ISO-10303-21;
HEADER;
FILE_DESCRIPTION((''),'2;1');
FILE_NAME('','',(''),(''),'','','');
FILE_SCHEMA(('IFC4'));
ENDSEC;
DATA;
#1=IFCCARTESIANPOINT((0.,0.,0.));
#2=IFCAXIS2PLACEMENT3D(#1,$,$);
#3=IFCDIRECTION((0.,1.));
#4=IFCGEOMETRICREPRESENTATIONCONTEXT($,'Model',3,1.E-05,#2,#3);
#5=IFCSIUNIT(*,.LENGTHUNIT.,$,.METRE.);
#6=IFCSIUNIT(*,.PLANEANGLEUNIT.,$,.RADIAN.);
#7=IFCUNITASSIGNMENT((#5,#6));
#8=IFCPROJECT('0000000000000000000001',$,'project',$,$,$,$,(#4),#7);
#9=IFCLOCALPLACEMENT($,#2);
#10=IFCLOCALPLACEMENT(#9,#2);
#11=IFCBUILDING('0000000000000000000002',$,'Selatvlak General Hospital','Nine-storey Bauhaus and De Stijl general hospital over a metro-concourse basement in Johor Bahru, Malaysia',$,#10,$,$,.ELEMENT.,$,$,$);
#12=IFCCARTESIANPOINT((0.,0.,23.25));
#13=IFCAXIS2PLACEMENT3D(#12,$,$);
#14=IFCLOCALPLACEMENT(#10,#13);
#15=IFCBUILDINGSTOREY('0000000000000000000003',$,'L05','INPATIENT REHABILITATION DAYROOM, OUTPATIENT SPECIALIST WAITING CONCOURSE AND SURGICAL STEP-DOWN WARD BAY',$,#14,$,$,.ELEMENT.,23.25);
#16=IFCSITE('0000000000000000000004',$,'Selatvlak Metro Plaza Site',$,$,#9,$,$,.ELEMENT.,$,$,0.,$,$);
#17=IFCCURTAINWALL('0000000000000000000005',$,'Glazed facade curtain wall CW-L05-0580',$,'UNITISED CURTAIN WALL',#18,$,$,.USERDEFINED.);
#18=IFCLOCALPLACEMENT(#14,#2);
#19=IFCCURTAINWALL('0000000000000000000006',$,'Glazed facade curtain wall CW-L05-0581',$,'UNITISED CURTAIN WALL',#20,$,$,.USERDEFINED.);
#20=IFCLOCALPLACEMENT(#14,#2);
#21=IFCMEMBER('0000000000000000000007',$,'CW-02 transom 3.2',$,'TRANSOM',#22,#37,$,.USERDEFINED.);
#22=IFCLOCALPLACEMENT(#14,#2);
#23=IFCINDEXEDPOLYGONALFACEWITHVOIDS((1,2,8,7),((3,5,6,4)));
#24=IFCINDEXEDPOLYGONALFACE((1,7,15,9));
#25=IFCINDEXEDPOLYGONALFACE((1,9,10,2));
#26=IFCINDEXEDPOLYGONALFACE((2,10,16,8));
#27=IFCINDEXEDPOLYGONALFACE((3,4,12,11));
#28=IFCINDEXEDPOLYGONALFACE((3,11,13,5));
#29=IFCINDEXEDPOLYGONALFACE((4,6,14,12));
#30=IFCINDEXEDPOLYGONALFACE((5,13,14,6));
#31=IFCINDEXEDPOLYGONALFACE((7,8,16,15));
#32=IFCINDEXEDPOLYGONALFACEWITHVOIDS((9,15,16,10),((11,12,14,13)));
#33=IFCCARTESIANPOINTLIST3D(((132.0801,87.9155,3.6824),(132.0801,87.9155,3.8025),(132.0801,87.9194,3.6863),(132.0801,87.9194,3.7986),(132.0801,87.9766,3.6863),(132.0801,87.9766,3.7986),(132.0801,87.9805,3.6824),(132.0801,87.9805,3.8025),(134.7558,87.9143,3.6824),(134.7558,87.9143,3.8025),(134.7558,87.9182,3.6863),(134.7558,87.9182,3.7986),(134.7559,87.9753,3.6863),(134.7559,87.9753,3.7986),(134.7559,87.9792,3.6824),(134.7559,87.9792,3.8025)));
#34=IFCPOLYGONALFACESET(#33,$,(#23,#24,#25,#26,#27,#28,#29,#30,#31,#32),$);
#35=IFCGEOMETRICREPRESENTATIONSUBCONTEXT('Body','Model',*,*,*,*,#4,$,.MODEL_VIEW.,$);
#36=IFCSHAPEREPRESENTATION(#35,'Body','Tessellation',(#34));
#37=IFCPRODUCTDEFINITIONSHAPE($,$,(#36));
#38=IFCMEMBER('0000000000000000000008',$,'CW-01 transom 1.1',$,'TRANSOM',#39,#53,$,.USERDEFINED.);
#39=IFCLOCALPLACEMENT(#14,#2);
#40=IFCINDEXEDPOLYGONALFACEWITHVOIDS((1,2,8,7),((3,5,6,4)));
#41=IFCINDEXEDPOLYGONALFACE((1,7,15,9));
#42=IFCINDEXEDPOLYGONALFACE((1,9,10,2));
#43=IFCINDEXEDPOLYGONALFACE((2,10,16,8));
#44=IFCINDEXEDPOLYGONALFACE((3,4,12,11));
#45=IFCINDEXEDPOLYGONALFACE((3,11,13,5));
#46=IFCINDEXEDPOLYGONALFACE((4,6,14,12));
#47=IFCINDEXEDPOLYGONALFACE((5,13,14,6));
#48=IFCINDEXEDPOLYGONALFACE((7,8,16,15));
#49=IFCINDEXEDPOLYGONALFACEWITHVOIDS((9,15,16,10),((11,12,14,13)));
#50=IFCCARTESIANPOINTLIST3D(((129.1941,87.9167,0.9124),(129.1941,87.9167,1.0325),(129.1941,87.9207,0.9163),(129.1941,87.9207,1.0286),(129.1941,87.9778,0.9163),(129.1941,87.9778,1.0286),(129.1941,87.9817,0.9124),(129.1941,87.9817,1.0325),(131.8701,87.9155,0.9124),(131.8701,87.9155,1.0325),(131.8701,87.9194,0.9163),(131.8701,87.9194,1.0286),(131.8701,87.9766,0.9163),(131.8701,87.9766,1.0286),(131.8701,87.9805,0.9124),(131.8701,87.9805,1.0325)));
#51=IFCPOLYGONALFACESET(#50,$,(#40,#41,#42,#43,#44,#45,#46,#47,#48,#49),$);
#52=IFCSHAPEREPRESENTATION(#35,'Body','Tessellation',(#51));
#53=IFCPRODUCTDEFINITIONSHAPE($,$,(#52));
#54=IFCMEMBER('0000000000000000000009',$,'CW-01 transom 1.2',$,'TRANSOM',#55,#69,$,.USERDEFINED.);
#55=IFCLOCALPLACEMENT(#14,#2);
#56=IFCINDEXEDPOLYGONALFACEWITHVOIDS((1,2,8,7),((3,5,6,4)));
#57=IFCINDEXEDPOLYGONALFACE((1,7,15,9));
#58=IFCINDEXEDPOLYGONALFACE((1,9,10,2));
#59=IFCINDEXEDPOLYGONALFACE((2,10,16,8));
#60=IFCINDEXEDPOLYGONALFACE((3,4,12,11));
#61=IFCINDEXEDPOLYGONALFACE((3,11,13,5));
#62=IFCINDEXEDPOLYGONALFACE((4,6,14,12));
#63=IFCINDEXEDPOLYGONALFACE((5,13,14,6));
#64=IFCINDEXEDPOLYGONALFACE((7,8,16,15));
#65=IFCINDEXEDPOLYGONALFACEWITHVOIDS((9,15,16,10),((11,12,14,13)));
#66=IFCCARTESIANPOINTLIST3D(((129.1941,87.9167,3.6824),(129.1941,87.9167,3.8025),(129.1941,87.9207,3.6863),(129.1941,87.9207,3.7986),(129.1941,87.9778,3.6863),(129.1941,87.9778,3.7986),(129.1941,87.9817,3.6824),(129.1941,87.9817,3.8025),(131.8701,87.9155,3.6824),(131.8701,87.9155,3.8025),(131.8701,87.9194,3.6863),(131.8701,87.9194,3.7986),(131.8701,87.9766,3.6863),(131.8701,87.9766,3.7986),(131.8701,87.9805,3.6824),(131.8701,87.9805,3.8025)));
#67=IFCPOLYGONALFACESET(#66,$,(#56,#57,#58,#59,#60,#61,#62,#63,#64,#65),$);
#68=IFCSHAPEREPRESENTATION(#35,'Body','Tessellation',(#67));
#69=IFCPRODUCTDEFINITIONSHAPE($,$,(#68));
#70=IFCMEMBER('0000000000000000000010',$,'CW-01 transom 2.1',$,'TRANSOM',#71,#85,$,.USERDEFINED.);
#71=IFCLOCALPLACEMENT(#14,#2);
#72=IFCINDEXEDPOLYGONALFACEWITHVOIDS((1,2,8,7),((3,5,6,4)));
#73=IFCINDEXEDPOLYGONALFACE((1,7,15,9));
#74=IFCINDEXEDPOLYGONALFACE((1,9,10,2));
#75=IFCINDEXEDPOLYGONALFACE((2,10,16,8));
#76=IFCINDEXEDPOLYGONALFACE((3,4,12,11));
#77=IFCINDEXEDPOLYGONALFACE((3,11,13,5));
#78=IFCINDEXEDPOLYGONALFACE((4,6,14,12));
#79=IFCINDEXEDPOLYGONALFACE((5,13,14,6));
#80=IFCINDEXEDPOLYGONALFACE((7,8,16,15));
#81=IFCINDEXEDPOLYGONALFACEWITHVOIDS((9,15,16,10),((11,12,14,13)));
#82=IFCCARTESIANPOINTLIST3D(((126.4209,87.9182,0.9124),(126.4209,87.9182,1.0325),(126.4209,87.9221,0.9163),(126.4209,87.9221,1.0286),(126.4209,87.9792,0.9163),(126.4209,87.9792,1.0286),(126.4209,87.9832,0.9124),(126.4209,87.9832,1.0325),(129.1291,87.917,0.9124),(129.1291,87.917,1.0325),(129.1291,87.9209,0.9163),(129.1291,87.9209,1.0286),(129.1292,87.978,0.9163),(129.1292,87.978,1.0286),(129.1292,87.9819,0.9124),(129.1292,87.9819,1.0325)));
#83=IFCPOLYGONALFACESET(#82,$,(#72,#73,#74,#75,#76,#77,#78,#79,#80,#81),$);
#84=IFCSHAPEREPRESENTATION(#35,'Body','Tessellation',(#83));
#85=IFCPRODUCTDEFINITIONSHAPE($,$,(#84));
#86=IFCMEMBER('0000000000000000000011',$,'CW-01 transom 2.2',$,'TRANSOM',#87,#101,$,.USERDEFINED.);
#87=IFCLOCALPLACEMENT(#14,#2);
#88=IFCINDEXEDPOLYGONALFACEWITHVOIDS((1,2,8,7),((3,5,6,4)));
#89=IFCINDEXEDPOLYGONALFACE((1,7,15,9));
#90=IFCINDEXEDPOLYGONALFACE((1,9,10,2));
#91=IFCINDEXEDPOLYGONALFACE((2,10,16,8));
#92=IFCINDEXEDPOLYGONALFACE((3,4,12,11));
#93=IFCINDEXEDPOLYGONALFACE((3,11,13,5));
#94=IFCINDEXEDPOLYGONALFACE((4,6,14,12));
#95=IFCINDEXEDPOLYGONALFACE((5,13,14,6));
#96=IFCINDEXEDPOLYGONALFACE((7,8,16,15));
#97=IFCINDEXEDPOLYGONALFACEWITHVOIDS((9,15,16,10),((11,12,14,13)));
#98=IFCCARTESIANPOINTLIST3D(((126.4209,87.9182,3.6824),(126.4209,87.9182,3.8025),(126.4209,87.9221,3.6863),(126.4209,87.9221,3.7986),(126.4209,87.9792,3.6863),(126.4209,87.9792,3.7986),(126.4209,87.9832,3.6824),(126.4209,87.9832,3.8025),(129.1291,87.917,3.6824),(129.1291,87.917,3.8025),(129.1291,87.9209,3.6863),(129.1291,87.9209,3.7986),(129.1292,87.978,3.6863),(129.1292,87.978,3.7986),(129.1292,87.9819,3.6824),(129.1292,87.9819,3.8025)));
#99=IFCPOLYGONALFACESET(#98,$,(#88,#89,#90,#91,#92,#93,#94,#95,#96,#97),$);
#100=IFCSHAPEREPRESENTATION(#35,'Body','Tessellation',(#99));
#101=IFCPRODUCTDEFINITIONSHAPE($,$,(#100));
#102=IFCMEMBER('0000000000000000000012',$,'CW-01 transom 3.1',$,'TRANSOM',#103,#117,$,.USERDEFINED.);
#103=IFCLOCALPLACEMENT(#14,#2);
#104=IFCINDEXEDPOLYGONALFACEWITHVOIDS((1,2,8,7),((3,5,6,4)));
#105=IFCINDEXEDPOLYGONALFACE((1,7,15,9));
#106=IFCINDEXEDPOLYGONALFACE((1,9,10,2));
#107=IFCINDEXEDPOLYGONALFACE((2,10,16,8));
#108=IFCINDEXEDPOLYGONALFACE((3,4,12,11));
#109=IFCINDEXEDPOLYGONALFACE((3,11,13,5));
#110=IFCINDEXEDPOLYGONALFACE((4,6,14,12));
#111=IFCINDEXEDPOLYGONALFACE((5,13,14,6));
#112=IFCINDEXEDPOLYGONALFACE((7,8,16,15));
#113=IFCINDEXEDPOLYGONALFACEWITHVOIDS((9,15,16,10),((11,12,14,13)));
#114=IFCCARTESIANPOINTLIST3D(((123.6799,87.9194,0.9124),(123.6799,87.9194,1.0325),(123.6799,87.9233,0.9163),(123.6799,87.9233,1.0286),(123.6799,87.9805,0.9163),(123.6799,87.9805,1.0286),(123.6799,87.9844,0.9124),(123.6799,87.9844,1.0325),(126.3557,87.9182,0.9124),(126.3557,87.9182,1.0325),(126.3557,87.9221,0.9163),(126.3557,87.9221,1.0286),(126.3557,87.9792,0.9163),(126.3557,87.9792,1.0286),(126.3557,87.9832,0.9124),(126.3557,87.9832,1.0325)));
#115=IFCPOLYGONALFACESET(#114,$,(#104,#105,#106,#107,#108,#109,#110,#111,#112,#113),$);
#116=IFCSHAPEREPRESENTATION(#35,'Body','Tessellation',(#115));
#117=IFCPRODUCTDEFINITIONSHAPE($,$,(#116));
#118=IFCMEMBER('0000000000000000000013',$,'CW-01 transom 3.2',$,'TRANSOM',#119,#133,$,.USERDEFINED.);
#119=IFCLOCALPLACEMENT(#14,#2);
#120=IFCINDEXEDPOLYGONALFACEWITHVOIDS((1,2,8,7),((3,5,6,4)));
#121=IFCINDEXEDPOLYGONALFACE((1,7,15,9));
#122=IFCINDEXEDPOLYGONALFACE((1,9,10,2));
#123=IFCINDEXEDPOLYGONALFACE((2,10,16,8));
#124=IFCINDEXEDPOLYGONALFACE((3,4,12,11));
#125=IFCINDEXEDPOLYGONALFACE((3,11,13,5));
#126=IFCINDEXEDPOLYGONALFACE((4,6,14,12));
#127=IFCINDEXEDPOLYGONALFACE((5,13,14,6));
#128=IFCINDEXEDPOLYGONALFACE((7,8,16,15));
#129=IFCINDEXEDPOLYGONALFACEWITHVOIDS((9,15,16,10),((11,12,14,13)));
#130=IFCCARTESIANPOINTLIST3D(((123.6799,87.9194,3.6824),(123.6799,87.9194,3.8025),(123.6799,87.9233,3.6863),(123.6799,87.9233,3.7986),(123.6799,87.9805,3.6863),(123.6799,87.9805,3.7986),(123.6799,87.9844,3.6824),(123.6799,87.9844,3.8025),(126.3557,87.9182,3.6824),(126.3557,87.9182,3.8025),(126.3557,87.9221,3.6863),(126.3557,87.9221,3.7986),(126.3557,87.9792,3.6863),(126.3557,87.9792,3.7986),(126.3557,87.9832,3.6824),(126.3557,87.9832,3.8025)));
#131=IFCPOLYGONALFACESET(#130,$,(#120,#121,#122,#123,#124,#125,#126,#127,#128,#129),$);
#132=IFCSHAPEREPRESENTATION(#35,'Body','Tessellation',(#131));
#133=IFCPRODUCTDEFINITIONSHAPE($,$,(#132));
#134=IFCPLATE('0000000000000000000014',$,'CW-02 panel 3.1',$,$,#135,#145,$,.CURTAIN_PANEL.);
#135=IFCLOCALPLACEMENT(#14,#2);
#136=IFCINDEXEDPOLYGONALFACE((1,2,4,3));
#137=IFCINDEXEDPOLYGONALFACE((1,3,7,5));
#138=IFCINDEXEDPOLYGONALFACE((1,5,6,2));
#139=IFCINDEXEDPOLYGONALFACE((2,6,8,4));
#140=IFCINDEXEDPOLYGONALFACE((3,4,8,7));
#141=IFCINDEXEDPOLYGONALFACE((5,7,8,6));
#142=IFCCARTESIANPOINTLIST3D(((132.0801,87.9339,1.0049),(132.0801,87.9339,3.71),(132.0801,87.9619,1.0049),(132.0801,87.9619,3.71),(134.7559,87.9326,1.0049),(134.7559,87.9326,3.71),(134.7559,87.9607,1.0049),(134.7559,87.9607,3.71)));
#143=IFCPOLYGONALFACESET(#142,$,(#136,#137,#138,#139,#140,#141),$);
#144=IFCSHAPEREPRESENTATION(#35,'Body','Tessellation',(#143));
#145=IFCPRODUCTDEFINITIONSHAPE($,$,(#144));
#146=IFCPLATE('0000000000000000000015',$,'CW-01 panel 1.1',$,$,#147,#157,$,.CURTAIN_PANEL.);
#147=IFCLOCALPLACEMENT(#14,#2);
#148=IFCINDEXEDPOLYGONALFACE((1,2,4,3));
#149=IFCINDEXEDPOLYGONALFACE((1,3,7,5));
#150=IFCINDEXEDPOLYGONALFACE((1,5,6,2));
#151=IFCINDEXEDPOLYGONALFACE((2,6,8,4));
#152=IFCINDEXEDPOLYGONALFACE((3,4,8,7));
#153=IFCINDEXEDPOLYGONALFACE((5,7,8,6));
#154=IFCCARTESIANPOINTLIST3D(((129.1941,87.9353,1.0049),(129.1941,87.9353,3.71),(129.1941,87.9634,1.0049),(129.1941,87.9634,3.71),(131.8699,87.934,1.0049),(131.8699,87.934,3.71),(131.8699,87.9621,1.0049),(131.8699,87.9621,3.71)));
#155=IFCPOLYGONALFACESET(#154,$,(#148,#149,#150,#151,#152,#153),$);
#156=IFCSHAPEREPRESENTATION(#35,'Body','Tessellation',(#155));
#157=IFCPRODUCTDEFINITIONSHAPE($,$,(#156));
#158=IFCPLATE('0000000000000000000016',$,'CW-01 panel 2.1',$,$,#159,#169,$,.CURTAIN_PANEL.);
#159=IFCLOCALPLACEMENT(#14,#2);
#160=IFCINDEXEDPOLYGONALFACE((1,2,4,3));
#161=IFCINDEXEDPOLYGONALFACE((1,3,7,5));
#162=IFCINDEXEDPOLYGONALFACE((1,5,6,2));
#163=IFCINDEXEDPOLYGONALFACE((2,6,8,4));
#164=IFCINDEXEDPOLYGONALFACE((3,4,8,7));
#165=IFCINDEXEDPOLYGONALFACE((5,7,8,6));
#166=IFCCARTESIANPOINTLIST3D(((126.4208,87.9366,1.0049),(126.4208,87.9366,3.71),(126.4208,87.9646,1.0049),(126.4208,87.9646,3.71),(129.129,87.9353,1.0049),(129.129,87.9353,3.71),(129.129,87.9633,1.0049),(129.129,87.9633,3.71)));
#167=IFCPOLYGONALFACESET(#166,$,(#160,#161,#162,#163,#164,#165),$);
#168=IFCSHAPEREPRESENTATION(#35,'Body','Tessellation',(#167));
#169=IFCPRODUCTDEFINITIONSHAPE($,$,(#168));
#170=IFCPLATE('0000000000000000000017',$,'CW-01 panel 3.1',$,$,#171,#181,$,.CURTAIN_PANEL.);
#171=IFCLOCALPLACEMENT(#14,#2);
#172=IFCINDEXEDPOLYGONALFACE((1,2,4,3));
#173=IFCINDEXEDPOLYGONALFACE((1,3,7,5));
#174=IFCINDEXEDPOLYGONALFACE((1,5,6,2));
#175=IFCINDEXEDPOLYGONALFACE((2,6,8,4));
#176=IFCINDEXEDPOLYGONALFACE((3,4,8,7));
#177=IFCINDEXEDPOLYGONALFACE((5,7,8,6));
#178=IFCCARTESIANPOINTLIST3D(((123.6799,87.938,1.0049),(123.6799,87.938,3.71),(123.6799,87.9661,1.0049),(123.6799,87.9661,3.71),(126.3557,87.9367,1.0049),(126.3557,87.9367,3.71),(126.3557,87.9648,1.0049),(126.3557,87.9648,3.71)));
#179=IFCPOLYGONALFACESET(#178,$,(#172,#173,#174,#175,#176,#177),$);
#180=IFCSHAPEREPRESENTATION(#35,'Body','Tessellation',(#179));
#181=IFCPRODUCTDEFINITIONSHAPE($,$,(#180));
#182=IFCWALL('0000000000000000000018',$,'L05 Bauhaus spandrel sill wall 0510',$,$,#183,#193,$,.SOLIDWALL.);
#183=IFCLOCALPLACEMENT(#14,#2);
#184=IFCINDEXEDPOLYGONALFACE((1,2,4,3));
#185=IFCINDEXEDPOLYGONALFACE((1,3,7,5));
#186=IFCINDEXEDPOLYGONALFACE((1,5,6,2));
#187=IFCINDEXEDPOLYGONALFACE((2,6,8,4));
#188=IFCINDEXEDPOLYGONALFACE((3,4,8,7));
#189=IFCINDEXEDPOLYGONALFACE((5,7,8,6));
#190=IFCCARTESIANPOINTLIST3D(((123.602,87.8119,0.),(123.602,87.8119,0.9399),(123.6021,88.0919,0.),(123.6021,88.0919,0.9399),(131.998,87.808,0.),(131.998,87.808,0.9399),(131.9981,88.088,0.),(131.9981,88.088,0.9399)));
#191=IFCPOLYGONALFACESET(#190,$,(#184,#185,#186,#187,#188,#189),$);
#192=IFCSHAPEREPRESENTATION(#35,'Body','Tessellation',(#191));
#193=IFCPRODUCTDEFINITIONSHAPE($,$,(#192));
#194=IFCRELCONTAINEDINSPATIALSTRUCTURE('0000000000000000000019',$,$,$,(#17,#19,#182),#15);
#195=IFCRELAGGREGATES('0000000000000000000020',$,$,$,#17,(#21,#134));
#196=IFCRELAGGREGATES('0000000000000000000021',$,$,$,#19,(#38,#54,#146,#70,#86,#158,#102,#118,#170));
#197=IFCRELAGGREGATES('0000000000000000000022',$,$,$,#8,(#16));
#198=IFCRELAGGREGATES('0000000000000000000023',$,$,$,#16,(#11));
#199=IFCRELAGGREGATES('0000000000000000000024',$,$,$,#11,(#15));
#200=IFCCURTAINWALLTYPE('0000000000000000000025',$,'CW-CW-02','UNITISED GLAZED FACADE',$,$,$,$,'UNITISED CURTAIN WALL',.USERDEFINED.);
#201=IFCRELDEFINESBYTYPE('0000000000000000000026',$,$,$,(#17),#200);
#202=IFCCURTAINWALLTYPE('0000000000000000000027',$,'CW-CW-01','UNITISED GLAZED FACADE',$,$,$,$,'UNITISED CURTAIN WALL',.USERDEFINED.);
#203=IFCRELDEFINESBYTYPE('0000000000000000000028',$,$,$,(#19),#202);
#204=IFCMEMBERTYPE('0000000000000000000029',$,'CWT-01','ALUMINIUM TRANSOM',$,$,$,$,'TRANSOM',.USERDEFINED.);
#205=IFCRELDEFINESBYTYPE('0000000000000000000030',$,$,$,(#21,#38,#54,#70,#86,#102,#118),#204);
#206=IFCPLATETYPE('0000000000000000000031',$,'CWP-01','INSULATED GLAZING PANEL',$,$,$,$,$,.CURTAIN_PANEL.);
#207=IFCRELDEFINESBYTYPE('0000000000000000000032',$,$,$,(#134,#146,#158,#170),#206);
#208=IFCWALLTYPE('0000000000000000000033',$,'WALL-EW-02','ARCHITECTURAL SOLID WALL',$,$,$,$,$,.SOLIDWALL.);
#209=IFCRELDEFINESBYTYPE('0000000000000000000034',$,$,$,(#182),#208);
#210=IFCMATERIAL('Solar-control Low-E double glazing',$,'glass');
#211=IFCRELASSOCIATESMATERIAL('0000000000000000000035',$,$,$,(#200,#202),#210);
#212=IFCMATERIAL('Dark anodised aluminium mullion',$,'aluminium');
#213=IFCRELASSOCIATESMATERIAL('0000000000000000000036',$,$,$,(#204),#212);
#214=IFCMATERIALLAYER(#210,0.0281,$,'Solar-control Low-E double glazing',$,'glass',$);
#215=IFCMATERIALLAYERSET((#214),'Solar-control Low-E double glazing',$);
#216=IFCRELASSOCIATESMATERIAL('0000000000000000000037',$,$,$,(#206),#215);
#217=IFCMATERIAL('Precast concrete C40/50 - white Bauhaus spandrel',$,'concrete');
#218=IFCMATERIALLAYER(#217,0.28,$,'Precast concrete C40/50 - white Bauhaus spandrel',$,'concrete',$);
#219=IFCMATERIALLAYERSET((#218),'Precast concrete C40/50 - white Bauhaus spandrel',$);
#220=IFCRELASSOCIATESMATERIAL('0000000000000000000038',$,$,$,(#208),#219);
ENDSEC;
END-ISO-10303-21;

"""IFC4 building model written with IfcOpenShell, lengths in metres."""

from ifc_helpers import new_model, si_unit, direction, frame, frame_2d, origin, origin_2d, place, context, subcontext, project, spatial, rectangle, hollow_rectangle, extrude, material, layer, layer_set, material_profile, profile_set, type_object, element, aggregate, save


model = new_model("IFC4")

# Units and contexts
model_context = context("Model", 3, precision=1e-05, world=origin(), true_north=direction((0.0, 1.0)))
body_context = subcontext(model_context, "Body", "Model", "MODEL_VIEW")
ifc_project = project(units=[si_unit("LENGTHUNIT", "METRE"), si_unit("PLANEANGLEUNIT", "RADIAN")], contexts=[model_context])

# Site, building, storey
site_placement = place(None, origin())
site = spatial("IfcSite", under=ifc_project, at=site_placement, Name="Selatvlak Metro Plaza Site", CompositionType="ELEMENT", RefElevation=0.0)
building_placement = place(site_placement, origin())
building = spatial("IfcBuilding", under=site, at=building_placement, Name="Selatvlak General Hospital", Description="Nine-storey Bauhaus and De Stijl general hospital over a metro-concourse basement in Johor Bahru, Malaysia", CompositionType="ELEMENT")
storey_placement = place(building_placement, frame((0.0, 0.0, 23.25)))
storey = spatial("IfcBuildingStorey", under=building, at=storey_placement, Name="L05", Description="INPATIENT REHABILITATION DAYROOM, OUTPATIENT SPECIALIST WAITING CONCOURSE AND SURGICAL STEP-DOWN WARD BAY", CompositionType="ELEMENT", Elevation=23.25)

# Curtain walls
ifc_material_1 = material(Name="Solar-control Low-E double glazing", Category="glass")
curtain_wall_type_1 = type_object("IfcCurtainWallType", Name="CW-CW-02", Description="UNITISED GLAZED FACADE", ElementType="UNITISED CURTAIN WALL", PredefinedType="USERDEFINED", material=ifc_material_1)
curtain_wall_1_placement = place(storey_placement, origin())
curtain_wall_1 = element("IfcCurtainWall", 1, at=curtain_wall_1_placement, inside=storey, type_object=curtain_wall_type_1, Name="Glazed facade curtain wall CW-L05-0580", ObjectType="UNITISED CURTAIN WALL", PredefinedType="USERDEFINED")
ifc_material_2 = material(Name="Dark anodised aluminium mullion", Category="aluminium")
curtain_wall_type_2 = type_object("IfcCurtainWallType", Name="CW-CW-01", Description="UNITISED GLAZED FACADE", ElementType="UNITISED CURTAIN WALL", PredefinedType="USERDEFINED", material=ifc_material_1)
curtain_wall_2_placement = place(storey_placement, origin())
curtain_wall_2 = element("IfcCurtainWall", 2, at=curtain_wall_2_placement, inside=storey, type_object=curtain_wall_type_2, Name="Glazed facade curtain wall CW-L05-0581", ObjectType="UNITISED CURTAIN WALL", PredefinedType="USERDEFINED")

# Members
ifc_material_profile_1 = material_profile(ifc_material_2, hollow_rectangle(XDim=0.0649, YDim=0.1201, WallThickness=0.0039, at=origin_2d()), Name="AL-TRN 65x120x4")
ifc_profile_set_1 = profile_set([ifc_material_profile_1], Name="Dark anodised aluminium mullion")
member_type_1 = type_object("IfcMemberType", Name="CWT-01", Description="ALUMINIUM TRANSOM", ElementType="TRANSOM", PredefinedType="USERDEFINED", material=ifc_profile_set_1)
member_1_placement = place(storey_placement, frame((134.7559, 87.9468, 3.7424), z_axis=(-1.0, 0.000456, 0.0), x_axis=(-0.000456, -1.0, 0.0)))
member_1 = element("IfcMember", 3, at=member_1_placement, type_object=member_type_1, Name="CW-02 transom 3.2", ObjectType="TRANSOM", PredefinedType="USERDEFINED", context=body_context, shape_type="SweptSolid", body=[
    extrude(hollow_rectangle(XDim=0.0649, YDim=0.1201, WallThickness=0.0039, at=origin_2d()), origin(), (0.0, 0.0, 1.0), 2.6758),
])
member_2_placement = place(storey_placement, frame((131.8701, 87.948, 0.9724), z_axis=(-1.0, 0.000456, 0.0), x_axis=(-0.000456, -1.0, 0.0)))
member_2 = element("IfcMember", 4, at=member_2_placement, type_object=member_type_1, Name="CW-01 transom 1.1", ObjectType="TRANSOM", PredefinedType="USERDEFINED", context=body_context, shape_type="SweptSolid", body=[
    extrude(hollow_rectangle(XDim=0.0649, YDim=0.1201, WallThickness=0.0039, at=origin_2d()), origin(), (0.0, 0.0, 1.0), 2.676),
])
member_3_placement = place(storey_placement, frame((131.8701, 87.948, 3.7424), z_axis=(-1.0, 0.000456, 0.0), x_axis=(-0.000456, -1.0, 0.0)))
member_3 = element("IfcMember", 5, at=member_3_placement, type_object=member_type_1, Name="CW-01 transom 1.2", ObjectType="TRANSOM", PredefinedType="USERDEFINED", context=body_context, shape_type="SweptSolid", body=[
    extrude(hollow_rectangle(XDim=0.0649, YDim=0.1201, WallThickness=0.0039, at=origin_2d()), origin(), (0.0, 0.0, 1.0), 2.676),
])
member_4_placement = place(storey_placement, frame((129.1292, 87.9495, 0.9724), z_axis=(-1.0, 0.000451, 0.0), x_axis=(-0.000451, -1.0, 0.0)))
member_4 = element("IfcMember", 6, at=member_4_placement, type_object=member_type_1, Name="CW-01 transom 2.1", ObjectType="TRANSOM", PredefinedType="USERDEFINED", context=body_context, shape_type="SweptSolid", body=[
    extrude(hollow_rectangle(XDim=0.0649, YDim=0.1201, WallThickness=0.0039, at=origin_2d()), origin(), (0.0, 0.0, 1.0), 2.7083),
])
member_5_placement = place(storey_placement, frame((129.1292, 87.9495, 3.7424), z_axis=(-1.0, 0.000451, 0.0), x_axis=(-0.000451, -1.0, 0.0)))
member_5 = element("IfcMember", 7, at=member_5_placement, type_object=member_type_1, Name="CW-01 transom 2.2", ObjectType="TRANSOM", PredefinedType="USERDEFINED", context=body_context, shape_type="SweptSolid", body=[
    extrude(hollow_rectangle(XDim=0.0649, YDim=0.1201, WallThickness=0.0039, at=origin_2d()), origin(), (0.0, 0.0, 1.0), 2.7083),
])
member_6_placement = place(storey_placement, frame((126.3557, 87.9507, 0.9724), z_axis=(-1.0, 0.000456, 0.0), x_axis=(-0.000456, -1.0, 0.0)))
member_6 = element("IfcMember", 8, at=member_6_placement, type_object=member_type_1, Name="CW-01 transom 3.1", ObjectType="TRANSOM", PredefinedType="USERDEFINED", context=body_context, shape_type="SweptSolid", body=[
    extrude(hollow_rectangle(XDim=0.0649, YDim=0.1201, WallThickness=0.0039, at=origin_2d()), origin(), (0.0, 0.0, 1.0), 2.6758),
])
member_7_placement = place(storey_placement, frame((126.3557, 87.9507, 3.7424), z_axis=(-1.0, 0.000456, 0.0), x_axis=(-0.000456, -1.0, 0.0)))
member_7 = element("IfcMember", 9, at=member_7_placement, type_object=member_type_1, Name="CW-01 transom 3.2", ObjectType="TRANSOM", PredefinedType="USERDEFINED", context=body_context, shape_type="SweptSolid", body=[
    extrude(hollow_rectangle(XDim=0.0649, YDim=0.1201, WallThickness=0.0039, at=origin_2d()), origin(), (0.0, 0.0, 1.0), 2.6758),
])

# Plates
ifc_layer_1 = layer(ifc_material_1, 0.0281, Name="Solar-control Low-E double glazing", Category="glass")
ifc_layer_set_1 = layer_set([ifc_layer_1], Name="Solar-control Low-E double glazing")
plate_type = type_object("IfcPlateType", Name="CWP-01", Description="INSULATED GLAZING PANEL", PredefinedType="CURTAIN_PANEL", material=ifc_layer_set_1)
plate_1_placement = place(storey_placement, frame((133.418, 87.9473, 1.0049), z_axis=(0.0, 0.0, 1.0), x_axis=(-1.0, 0.000481, 0.0)))
plate_1 = element("IfcPlate", 10, at=plate_1_placement, type_object=plate_type, Name="CW-02 panel 3.1", PredefinedType="CURTAIN_PANEL", context=body_context, shape_type="SweptSolid", body=[
    extrude(rectangle(XDim=2.6758, YDim=0.0281, at=origin_2d()), origin(), (0.0, 0.0, 1.0), 2.7051),
])
aggregate(curtain_wall_1, [member_1, plate_1])
plate_2_placement = place(storey_placement, frame((130.532, 87.9487, 1.0049), z_axis=(0.0, 0.0, 1.0), x_axis=(-1.0, 0.000481, 0.0)))
plate_2 = element("IfcPlate", 11, at=plate_2_placement, type_object=plate_type, Name="CW-01 panel 1.1", PredefinedType="CURTAIN_PANEL", context=body_context, shape_type="SweptSolid", body=[
    extrude(rectangle(XDim=2.6758, YDim=0.0281, at=origin_2d()), origin(), (0.0, 0.0, 1.0), 2.7051),
])
plate_3_placement = place(storey_placement, frame((127.7749, 87.95, 1.0049), z_axis=(0.0, 0.0, 1.0), x_axis=(-1.0, 0.000481, 0.0)))
plate_3 = element("IfcPlate", 12, at=plate_3_placement, type_object=plate_type, Name="CW-01 panel 2.1", PredefinedType="CURTAIN_PANEL", context=body_context, shape_type="SweptSolid", body=[
    extrude(rectangle(XDim=2.7083, YDim=0.0281, at=origin_2d()), origin(), (0.0, 0.0, 1.0), 2.7051),
])
plate_4_placement = place(storey_placement, frame((125.0178, 87.9514, 1.0049), z_axis=(0.0, 0.0, 1.0), x_axis=(-1.0, 0.000481, 0.0)))
plate_4 = element("IfcPlate", 13, at=plate_4_placement, type_object=plate_type, Name="CW-01 panel 3.1", PredefinedType="CURTAIN_PANEL", context=body_context, shape_type="SweptSolid", body=[
    extrude(rectangle(XDim=2.6758, YDim=0.0281, at=origin_2d()), origin(), (0.0, 0.0, 1.0), 2.7051),
])
aggregate(curtain_wall_2, [member_2, member_3, plate_2, member_4, member_5, plate_3, member_6, member_7, plate_4])

# Wall
ifc_material_3 = material(Name="Precast concrete C40/50 - white Bauhaus spandrel", Category="concrete")
ifc_layer_2 = layer(ifc_material_3, 0.28, Name="Precast concrete C40/50 - white Bauhaus spandrel", Category="concrete")
ifc_layer_set_2 = layer_set([ifc_layer_2], Name="Precast concrete C40/50 - white Bauhaus spandrel")
wall_type_1 = type_object("IfcWallType", Name="WALL-EW-02", Description="ARCHITECTURAL SOLID WALL", PredefinedType="SOLIDWALL", material=ifc_layer_set_2)
for number, where, z_axis, x_axis, name in (
    (14, (131.998, 87.948, 0.0), (0.0, 0.0, 1.0), (-1.0, 0.000465, 0.0), "L05 Bauhaus spandrel sill wall 0510"),
):
    element("IfcWall", number, at=place(storey_placement, frame(where, z_axis=z_axis, x_axis=x_axis)), inside=storey, type_object=wall_type_1, Name=name, PredefinedType="SOLIDWALL", context=body_context, shape_type="SweptSolid", body=[
        extrude(rectangle(XDim=8.396, YDim=0.28, at=frame_2d((4.198, 0.0))), origin(), (0.0, 0.0, 1.0), 0.9399),
    ])

save(model, "model.ifc")
